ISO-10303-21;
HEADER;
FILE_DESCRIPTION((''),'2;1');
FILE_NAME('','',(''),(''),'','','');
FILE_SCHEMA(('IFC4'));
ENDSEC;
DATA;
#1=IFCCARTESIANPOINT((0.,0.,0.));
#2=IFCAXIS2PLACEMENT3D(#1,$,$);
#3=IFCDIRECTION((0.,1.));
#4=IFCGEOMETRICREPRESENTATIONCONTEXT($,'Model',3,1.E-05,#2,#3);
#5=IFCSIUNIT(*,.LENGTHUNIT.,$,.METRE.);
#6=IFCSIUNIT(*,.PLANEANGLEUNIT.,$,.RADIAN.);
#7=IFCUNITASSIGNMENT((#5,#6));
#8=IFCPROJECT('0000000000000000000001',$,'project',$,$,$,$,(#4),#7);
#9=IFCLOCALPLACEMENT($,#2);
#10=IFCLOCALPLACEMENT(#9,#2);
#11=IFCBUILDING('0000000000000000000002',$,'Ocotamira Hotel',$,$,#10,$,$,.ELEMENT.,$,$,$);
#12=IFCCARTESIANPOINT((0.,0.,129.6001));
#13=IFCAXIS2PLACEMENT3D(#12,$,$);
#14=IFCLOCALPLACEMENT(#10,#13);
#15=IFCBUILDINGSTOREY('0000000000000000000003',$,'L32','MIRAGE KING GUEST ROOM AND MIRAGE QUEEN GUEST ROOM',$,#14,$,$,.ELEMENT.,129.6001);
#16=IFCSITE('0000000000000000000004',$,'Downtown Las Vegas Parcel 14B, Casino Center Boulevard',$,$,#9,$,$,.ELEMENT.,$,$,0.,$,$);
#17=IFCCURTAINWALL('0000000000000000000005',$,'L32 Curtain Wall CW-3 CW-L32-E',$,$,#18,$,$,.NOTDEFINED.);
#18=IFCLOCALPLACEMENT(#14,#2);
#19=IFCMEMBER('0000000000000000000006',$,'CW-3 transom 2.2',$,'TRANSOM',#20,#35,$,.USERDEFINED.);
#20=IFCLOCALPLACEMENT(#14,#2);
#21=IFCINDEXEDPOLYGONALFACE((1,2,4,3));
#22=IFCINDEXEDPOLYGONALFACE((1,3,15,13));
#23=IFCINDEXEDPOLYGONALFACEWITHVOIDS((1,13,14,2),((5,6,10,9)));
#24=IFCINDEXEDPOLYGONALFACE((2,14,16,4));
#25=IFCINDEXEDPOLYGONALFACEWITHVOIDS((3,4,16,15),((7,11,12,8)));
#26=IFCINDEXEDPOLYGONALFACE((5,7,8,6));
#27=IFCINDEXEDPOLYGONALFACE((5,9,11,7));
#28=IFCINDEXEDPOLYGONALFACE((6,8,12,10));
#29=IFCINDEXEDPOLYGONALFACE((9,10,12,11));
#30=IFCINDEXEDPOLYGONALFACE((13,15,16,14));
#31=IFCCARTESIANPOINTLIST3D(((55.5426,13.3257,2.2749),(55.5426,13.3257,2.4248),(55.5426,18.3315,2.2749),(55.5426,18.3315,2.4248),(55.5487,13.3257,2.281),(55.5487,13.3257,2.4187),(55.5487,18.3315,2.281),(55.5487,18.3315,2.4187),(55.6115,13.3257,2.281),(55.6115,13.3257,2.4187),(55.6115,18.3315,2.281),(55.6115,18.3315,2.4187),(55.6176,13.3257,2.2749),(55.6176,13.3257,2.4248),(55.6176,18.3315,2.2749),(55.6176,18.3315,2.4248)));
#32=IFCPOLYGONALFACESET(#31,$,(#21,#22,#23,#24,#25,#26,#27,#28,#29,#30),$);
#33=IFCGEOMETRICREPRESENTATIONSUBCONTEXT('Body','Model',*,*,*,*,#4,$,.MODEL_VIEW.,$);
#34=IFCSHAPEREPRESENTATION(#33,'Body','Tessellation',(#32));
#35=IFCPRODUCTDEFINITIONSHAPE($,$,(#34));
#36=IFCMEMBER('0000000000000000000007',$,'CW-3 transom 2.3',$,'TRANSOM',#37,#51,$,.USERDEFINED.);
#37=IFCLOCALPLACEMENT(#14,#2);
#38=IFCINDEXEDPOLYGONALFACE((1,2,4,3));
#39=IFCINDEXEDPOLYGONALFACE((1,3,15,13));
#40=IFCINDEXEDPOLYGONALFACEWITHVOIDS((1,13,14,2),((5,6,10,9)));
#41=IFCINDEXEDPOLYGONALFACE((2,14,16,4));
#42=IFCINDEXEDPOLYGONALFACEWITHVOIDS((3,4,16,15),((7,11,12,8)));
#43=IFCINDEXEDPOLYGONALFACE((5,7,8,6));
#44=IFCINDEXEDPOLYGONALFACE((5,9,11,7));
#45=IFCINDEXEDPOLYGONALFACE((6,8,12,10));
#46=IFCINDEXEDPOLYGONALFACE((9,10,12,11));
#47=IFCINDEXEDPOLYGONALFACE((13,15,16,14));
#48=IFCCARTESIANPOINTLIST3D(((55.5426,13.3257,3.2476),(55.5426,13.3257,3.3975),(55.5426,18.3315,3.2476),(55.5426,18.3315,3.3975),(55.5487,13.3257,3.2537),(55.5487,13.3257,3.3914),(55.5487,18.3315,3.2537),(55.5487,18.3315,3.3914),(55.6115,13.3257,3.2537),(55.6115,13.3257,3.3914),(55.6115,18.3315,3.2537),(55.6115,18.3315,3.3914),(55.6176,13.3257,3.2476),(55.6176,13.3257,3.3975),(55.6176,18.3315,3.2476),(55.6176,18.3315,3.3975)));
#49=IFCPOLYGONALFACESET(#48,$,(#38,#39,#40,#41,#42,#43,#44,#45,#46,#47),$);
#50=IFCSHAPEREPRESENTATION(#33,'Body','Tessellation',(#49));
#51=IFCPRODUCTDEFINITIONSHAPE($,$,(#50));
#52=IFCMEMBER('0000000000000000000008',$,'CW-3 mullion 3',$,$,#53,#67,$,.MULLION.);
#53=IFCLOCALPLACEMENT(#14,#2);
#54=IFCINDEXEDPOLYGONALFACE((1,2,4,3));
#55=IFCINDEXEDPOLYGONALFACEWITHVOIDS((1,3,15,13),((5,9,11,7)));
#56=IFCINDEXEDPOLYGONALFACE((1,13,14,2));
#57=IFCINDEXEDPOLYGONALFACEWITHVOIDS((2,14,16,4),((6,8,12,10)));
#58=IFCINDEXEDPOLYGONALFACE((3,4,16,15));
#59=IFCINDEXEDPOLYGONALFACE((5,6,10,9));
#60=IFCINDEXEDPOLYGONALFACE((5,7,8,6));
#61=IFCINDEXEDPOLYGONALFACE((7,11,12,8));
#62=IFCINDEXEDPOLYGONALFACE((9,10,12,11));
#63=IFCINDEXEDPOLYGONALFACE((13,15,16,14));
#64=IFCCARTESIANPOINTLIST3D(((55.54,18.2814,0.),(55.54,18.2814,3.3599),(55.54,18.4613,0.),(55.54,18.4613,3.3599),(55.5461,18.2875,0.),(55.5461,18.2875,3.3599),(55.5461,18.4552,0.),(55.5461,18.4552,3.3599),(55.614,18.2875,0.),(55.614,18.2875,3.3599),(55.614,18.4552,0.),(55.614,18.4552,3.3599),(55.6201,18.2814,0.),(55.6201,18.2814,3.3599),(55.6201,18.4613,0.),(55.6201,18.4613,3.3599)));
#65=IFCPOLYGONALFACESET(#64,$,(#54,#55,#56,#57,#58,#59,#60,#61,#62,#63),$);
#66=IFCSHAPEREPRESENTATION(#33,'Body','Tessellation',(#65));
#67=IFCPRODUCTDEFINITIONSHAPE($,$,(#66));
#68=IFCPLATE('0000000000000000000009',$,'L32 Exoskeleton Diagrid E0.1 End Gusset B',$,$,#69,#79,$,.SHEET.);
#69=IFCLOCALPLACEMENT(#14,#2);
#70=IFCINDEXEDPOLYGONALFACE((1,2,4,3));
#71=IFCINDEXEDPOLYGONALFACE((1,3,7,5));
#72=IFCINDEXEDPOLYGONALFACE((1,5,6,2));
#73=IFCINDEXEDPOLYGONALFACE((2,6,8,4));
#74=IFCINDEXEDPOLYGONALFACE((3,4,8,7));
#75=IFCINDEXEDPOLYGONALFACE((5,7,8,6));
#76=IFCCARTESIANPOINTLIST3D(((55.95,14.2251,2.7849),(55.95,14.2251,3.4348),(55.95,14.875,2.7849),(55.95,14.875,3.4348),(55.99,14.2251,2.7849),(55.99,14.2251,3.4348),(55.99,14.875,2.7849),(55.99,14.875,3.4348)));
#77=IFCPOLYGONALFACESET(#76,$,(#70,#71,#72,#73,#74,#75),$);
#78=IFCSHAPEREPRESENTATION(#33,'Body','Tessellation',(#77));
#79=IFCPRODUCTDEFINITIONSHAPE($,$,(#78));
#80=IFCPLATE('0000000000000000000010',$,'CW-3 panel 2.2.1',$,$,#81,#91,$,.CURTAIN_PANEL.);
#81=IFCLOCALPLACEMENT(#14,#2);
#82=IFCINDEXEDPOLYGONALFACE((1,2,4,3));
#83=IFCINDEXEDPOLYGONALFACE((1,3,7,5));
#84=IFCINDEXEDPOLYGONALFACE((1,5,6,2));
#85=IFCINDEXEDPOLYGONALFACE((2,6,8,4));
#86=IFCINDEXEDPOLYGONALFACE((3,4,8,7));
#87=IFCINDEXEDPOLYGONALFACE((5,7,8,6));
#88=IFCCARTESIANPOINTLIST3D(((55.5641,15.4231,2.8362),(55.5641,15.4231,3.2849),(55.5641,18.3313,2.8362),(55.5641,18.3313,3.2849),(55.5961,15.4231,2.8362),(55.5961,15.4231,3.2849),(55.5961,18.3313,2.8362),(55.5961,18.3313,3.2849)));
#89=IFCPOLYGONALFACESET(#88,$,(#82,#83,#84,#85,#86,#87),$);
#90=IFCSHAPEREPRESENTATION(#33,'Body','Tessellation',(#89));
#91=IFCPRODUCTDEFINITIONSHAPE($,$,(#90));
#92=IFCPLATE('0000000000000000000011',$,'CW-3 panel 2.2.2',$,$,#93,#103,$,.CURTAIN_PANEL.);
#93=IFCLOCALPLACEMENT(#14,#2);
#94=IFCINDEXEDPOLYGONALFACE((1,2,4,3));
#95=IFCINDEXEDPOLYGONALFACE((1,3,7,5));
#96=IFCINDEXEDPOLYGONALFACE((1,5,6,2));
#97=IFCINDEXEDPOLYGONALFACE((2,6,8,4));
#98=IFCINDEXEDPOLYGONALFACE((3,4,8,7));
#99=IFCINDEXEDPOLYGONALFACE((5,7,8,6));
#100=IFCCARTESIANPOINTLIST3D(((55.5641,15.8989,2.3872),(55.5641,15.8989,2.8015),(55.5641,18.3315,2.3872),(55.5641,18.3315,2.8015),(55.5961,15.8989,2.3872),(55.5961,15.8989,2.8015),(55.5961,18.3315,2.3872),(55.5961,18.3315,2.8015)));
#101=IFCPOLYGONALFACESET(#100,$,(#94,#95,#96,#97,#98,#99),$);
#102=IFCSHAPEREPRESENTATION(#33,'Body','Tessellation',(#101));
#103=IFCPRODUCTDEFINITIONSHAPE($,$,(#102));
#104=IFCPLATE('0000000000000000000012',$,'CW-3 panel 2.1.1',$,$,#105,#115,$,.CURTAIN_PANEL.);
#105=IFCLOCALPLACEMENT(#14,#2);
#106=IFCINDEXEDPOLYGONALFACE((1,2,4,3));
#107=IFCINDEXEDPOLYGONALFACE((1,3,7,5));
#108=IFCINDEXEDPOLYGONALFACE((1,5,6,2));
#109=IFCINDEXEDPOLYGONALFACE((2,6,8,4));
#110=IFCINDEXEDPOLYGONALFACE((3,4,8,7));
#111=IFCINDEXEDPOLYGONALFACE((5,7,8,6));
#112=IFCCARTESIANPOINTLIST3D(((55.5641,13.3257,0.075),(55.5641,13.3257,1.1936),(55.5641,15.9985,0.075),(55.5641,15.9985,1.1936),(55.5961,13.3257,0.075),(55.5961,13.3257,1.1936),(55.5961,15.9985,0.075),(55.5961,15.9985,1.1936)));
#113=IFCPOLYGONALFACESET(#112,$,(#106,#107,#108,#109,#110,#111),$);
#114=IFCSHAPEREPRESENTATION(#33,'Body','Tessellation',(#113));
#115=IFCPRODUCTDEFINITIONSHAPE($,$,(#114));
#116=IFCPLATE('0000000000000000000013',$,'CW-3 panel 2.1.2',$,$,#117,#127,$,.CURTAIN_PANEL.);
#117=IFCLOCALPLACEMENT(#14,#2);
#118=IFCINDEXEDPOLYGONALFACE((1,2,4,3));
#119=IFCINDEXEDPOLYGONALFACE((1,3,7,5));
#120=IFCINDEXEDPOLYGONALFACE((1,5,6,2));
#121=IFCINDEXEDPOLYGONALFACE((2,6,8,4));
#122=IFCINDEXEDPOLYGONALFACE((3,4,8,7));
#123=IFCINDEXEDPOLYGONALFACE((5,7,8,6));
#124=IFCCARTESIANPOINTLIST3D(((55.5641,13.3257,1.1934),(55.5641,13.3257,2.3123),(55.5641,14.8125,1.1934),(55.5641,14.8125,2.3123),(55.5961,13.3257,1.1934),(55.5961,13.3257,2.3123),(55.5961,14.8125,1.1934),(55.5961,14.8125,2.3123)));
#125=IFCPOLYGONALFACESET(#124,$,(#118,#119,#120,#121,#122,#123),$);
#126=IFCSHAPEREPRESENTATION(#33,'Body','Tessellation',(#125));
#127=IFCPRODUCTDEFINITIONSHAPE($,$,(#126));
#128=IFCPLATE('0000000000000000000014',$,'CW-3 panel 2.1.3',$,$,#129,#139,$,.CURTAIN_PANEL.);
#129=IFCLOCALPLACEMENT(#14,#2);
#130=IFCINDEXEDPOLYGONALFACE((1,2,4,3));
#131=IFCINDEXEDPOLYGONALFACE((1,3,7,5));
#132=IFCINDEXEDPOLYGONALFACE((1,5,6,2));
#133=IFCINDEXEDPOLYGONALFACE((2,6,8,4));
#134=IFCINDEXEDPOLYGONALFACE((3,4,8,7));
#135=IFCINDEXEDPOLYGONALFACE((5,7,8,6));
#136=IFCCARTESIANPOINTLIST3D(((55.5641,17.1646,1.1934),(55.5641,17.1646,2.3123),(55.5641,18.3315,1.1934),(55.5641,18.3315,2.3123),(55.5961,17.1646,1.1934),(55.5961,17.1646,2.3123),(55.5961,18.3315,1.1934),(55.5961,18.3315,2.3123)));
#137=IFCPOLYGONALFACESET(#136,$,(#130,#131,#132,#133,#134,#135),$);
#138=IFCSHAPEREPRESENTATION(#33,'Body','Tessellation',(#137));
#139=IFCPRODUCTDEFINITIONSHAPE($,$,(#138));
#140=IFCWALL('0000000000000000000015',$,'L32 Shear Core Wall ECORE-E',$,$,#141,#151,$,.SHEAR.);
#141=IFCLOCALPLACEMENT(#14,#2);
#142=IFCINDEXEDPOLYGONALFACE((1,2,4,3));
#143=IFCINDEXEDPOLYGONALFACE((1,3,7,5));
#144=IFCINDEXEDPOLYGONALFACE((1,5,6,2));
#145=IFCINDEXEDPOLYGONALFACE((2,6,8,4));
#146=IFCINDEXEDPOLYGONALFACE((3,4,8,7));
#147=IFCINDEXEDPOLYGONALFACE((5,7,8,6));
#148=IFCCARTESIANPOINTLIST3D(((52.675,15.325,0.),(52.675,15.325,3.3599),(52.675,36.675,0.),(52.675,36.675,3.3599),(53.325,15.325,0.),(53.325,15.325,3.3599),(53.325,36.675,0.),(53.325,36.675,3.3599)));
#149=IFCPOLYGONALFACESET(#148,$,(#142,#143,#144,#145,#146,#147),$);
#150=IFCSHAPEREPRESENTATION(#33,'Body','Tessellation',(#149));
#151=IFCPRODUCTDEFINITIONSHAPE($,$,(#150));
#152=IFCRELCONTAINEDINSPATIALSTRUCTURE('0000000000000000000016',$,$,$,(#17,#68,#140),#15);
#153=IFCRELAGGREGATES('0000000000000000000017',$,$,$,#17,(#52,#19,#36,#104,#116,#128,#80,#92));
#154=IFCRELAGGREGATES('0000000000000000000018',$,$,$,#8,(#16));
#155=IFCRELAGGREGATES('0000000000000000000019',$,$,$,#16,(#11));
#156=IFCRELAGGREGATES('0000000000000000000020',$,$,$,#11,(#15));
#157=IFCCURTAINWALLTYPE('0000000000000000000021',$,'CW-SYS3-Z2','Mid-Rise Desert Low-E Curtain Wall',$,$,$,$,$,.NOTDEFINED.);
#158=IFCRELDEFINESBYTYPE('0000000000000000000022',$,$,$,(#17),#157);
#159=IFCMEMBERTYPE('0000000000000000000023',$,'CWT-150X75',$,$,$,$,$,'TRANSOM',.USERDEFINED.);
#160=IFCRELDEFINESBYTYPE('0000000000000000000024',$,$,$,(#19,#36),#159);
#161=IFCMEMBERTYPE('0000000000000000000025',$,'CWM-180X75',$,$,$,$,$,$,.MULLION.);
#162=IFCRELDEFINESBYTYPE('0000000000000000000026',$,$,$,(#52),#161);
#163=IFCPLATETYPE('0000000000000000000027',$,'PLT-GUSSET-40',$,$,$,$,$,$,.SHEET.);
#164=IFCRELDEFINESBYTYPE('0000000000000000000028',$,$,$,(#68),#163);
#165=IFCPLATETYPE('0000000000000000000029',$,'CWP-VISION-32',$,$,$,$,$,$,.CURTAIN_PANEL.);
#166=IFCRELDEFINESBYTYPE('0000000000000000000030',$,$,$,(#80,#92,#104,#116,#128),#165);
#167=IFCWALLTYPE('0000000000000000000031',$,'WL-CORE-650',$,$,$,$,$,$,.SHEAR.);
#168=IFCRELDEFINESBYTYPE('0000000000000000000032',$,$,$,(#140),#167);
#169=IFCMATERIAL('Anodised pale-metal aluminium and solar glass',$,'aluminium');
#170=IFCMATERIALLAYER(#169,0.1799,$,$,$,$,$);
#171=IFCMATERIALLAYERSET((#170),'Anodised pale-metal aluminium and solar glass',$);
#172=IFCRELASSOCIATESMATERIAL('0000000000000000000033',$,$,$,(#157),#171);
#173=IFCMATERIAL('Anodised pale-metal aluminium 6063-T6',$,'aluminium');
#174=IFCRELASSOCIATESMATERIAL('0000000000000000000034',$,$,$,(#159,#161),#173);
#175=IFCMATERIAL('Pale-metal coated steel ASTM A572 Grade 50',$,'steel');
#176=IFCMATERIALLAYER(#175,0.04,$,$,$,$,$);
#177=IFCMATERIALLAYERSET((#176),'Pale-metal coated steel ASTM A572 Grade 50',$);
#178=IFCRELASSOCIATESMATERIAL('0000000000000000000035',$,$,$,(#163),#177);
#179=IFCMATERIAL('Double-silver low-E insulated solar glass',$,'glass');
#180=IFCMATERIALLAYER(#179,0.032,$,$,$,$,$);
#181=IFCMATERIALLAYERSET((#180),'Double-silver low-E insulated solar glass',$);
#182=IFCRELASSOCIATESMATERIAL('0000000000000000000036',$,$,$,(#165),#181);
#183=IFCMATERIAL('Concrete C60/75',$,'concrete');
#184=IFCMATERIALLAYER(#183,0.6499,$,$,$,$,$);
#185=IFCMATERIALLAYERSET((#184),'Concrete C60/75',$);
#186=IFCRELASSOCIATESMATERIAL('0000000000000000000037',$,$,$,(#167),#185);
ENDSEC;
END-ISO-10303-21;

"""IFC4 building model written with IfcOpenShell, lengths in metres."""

from ifc_helpers import new_model, si_unit, direction, frame, frame_2d, origin, origin_2d, place, context, subcontext, project, spatial, rectangle, hollow_rectangle, extrude, source, transform, mapped, material, layer, layer_set, material_profile, profile_set, type_object, element, aggregate, save


model = new_model("IFC4")

# Units and contexts
model_context = context("Model", 3, precision=1e-05, world=origin(), true_north=direction((0.0, 1.0)))
body_context = subcontext(model_context, "Body", "Model", "MODEL_VIEW")
ifc_project = project(units=[si_unit("LENGTHUNIT", "METRE"), si_unit("PLANEANGLEUNIT", "RADIAN")], contexts=[model_context])

# Site, building, storey
site_placement = place(None, origin())
site = spatial("IfcSite", under=ifc_project, at=site_placement, Name="Downtown Las Vegas Parcel 14B, Casino Center Boulevard", CompositionType="ELEMENT", RefElevation=0.0)
building_placement = place(site_placement, origin())
building = spatial("IfcBuilding", under=site, at=building_placement, Name="Ocotamira Hotel", CompositionType="ELEMENT")
storey_placement = place(building_placement, frame((0.0, 0.0, 129.6001)))
storey = spatial("IfcBuildingStorey", under=building, at=storey_placement, Name="L32", Description="MIRAGE KING GUEST ROOM AND MIRAGE QUEEN GUEST ROOM", CompositionType="ELEMENT", Elevation=129.6001)

# Curtain wall, members
ifc_material_1 = material(Name="Anodised pale-metal aluminium and solar glass", Category="aluminium")
ifc_layer_1 = layer(ifc_material_1, 0.1799)
ifc_layer_set_1 = layer_set([ifc_layer_1], Name="Anodised pale-metal aluminium and solar glass")
curtain_wall_type = type_object("IfcCurtainWallType", Name="CW-SYS3-Z2", Description="Mid-Rise Desert Low-E Curtain Wall", PredefinedType="NOTDEFINED", material=ifc_layer_set_1)
curtain_wall_placement = place(storey_placement, origin())
curtain_wall = element("IfcCurtainWall", 1, at=curtain_wall_placement, inside=storey, type_object=curtain_wall_type, Name="L32 Curtain Wall CW-3 CW-L32-E", PredefinedType="NOTDEFINED")
ifc_material_2 = material(Name="Anodised pale-metal aluminium 6063-T6", Category="aluminium")
ifc_material_profile_1 = material_profile(ifc_material_2, hollow_rectangle(XDim=0.075, YDim=0.1499, WallThickness=0.0061, at=origin_2d()), Name="HSS150X75X6")
ifc_profile_set_1 = profile_set([ifc_material_profile_1], Name="Anodised pale-metal aluminium 6063-T6")
member_type_1 = type_object("IfcMemberType", Name="CWT-150X75", ElementType="TRANSOM", PredefinedType="USERDEFINED", material=ifc_profile_set_1)
shared_shape_1 = source(origin(), body_context, "Body", "SweptSolid", [
    extrude(hollow_rectangle(XDim=0.075, YDim=0.1499, WallThickness=0.0061, at=origin_2d()), origin(), (0.0, 0.0, 1.0), 5.0059),
])
member_1_placement = place(storey_placement, frame((55.5801, 13.3257, 2.3499), z_axis=(0.0, 1.0, 0.0), x_axis=(-1.0, 0.0, 0.0)))
member_1 = element("IfcMember", 2, at=member_1_placement, type_object=member_type_1, Name="CW-3 transom 2.2", ObjectType="TRANSOM", PredefinedType="USERDEFINED", context=body_context, shape_type="MappedRepresentation", body=[
    mapped(shared_shape_1, transform((0.0, 0.0, 0.0), scale=1.0)),
])
member_2_placement = place(storey_placement, frame((55.5801, 13.3257, 3.3225), z_axis=(0.0, 1.0, 0.0), x_axis=(-1.0, 0.0, 0.0)))
member_2 = element("IfcMember", 3, at=member_2_placement, type_object=member_type_1, Name="CW-3 transom 2.3", ObjectType="TRANSOM", PredefinedType="USERDEFINED", context=body_context, shape_type="MappedRepresentation", body=[
    mapped(shared_shape_1, transform((0.0, 0.0, 0.0), scale=1.0)),
])
ifc_material_profile_2 = material_profile(ifc_material_2, hollow_rectangle(XDim=0.0801, YDim=0.1799, WallThickness=0.0061, at=origin_2d()), Name="HSS180X80X6")
ifc_profile_set_2 = profile_set([ifc_material_profile_2], Name="Anodised pale-metal aluminium 6063-T6")
member_type_2 = type_object("IfcMemberType", Name="CWM-180X75", PredefinedType="MULLION", material=ifc_profile_set_2)
shared_shape_2 = source(origin(), body_context, "Body", "SweptSolid", [
    extrude(hollow_rectangle(XDim=0.0801, YDim=0.1799, WallThickness=0.0061, at=origin_2d()), origin(), (0.0, 0.0, 1.0), 3.3599),
])
member_3_placement = place(storey_placement, frame((55.5801, 18.3713, 0.0), z_axis=(0.0, 0.0, 1.0), x_axis=(-1.0, 0.0, 0.0)))
member_3 = element("IfcMember", 4, at=member_3_placement, type_object=member_type_2, Name="CW-3 mullion 3", PredefinedType="MULLION", context=body_context, shape_type="MappedRepresentation", body=[
    mapped(shared_shape_2, transform((0.0, 0.0, 0.0), scale=1.0)),
])

# Plates
ifc_material_3 = material(Name="Pale-metal coated steel ASTM A572 Grade 50", Category="steel")
ifc_layer_2 = layer(ifc_material_3, 0.04)
ifc_layer_set_2 = layer_set([ifc_layer_2], Name="Pale-metal coated steel ASTM A572 Grade 50")
plate_type_1 = type_object("IfcPlateType", Name="PLT-GUSSET-40", PredefinedType="SHEET", material=ifc_layer_set_2)
shared_shape_3 = source(origin(), body_context, "Body", "SweptSolid", [
    extrude(rectangle(XDim=0.04, YDim=0.6499, at=origin_2d()), origin(), (0.0, 0.0, 1.0), 0.6499),
])
plate_1_placement = place(storey_placement, frame((55.97, 14.55, 2.7849), z_axis=(0.0, 0.0, 1.0), x_axis=(1.0, 0.0, 0.0)))
element("IfcPlate", 5, at=plate_1_placement, inside=storey, type_object=plate_type_1, Name="L32 Exoskeleton Diagrid E0.1 End Gusset B", PredefinedType="SHEET", context=body_context, shape_type="MappedRepresentation", body=[
    mapped(shared_shape_3, transform((0.0, 0.0, 0.0), scale=1.0)),
])
ifc_material_4 = material(Name="Double-silver low-E insulated solar glass", Category="glass")
ifc_layer_3 = layer(ifc_material_4, 0.032)
ifc_layer_set_3 = layer_set([ifc_layer_3], Name="Double-silver low-E insulated solar glass")
plate_type_2 = type_object("IfcPlateType", Name="CWP-VISION-32", PredefinedType="CURTAIN_PANEL", material=ifc_layer_set_3)
shared_shape_4 = source(origin(), body_context, "Body", "SweptSolid", [
    extrude(rectangle(XDim=2.9082, YDim=0.032, at=origin_2d()), origin(), (0.0, 0.0, 1.0), 0.4487),
])
plate_2_placement = place(storey_placement, frame((55.5801, 16.8772, 2.8362), z_axis=(0.0, 0.0, 1.0), x_axis=(0.0, 1.0, 0.0)))
plate_2 = element("IfcPlate", 6, at=plate_2_placement, type_object=plate_type_2, Name="CW-3 panel 2.2.1", PredefinedType="CURTAIN_PANEL", context=body_context, shape_type="MappedRepresentation", body=[
    mapped(shared_shape_4, transform((0.0, 0.0, 0.0), scale=1.0)),
])
shared_shape_5 = source(origin(), body_context, "Body", "SweptSolid", [
    extrude(rectangle(XDim=2.4326, YDim=0.032, at=origin_2d()), origin(), (0.0, 0.0, 1.0), 0.4143),
])
plate_3_placement = place(storey_placement, frame((55.5801, 17.1152, 2.3872), z_axis=(0.0, 0.0, 1.0), x_axis=(0.0, 1.0, 0.0)))
plate_3 = element("IfcPlate", 7, at=plate_3_placement, type_object=plate_type_2, Name="CW-3 panel 2.2.2", PredefinedType="CURTAIN_PANEL", context=body_context, shape_type="MappedRepresentation", body=[
    mapped(shared_shape_5, transform((0.0, 0.0, 0.0), scale=1.0)),
])
shared_shape_6 = source(origin(), body_context, "Body", "SweptSolid", [
    extrude(rectangle(XDim=2.6729, YDim=0.032, at=origin_2d()), origin(), (0.0, 0.0, 1.0), 1.1187),
])
plate_4_placement = place(storey_placement, frame((55.5801, 14.6621, 0.075), z_axis=(0.0, 0.0, 1.0), x_axis=(0.0, 1.0, 0.0)))
plate_4 = element("IfcPlate", 8, at=plate_4_placement, type_object=plate_type_2, Name="CW-3 panel 2.1.1", PredefinedType="CURTAIN_PANEL", context=body_context, shape_type="MappedRepresentation", body=[
    mapped(shared_shape_6, transform((0.0, 0.0, 0.0), scale=1.0)),
])
shared_shape_7 = source(origin(), body_context, "Body", "SweptSolid", [
    extrude(rectangle(XDim=1.4868, YDim=0.032, at=origin_2d()), origin(), (0.0, 0.0, 1.0), 1.1189),
])
plate_5_placement = place(storey_placement, frame((55.5801, 14.0691, 1.1934), z_axis=(0.0, 0.0, 1.0), x_axis=(0.0, 1.0, 0.0)))
plate_5 = element("IfcPlate", 9, at=plate_5_placement, type_object=plate_type_2, Name="CW-3 panel 2.1.2", PredefinedType="CURTAIN_PANEL", context=body_context, shape_type="MappedRepresentation", body=[
    mapped(shared_shape_7, transform((0.0, 0.0, 0.0), scale=1.0)),
])
shared_shape_8 = source(origin(), body_context, "Body", "SweptSolid", [
    extrude(rectangle(XDim=1.167, YDim=0.032, at=origin_2d()), origin(), (0.0, 0.0, 1.0), 1.1189),
])
plate_6_placement = place(storey_placement, frame((55.5801, 17.748, 1.1934), z_axis=(0.0, 0.0, 1.0), x_axis=(0.0, 1.0, 0.0)))
plate_6 = element("IfcPlate", 10, at=plate_6_placement, type_object=plate_type_2, Name="CW-3 panel 2.1.3", PredefinedType="CURTAIN_PANEL", context=body_context, shape_type="MappedRepresentation", body=[
    mapped(shared_shape_8, transform((0.0, 0.0, 0.0), scale=1.0)),
])
aggregate(curtain_wall, [member_3, member_1, member_2, plate_4, plate_5, plate_6, plate_2, plate_3])

# Wall
ifc_material_5 = material(Name="Concrete C60/75", Category="concrete")
ifc_layer_4 = layer(ifc_material_5, 0.6499)
ifc_layer_set_4 = layer_set([ifc_layer_4], Name="Concrete C60/75")
wall_type_1 = type_object("IfcWallType", Name="WL-CORE-650", PredefinedType="SHEAR", material=ifc_layer_set_4)
wall_1_placement = place(storey_placement, frame((53.0, 15.325, 0.0), z_axis=(0.0, 0.0, 1.0), x_axis=(0.0, 1.0, 0.0)))
element("IfcWall", 11, at=wall_1_placement, inside=storey, type_object=wall_type_1, Name="L32 Shear Core Wall ECORE-E", PredefinedType="SHEAR", context=body_context, shape_type="SweptSolid", body=[
    extrude(rectangle(XDim=21.3501, YDim=0.6499, at=frame_2d((10.675, 0.0))), origin(), (0.0, 0.0, 1.0), 3.3599),
])

save(model, "model.ifc")
